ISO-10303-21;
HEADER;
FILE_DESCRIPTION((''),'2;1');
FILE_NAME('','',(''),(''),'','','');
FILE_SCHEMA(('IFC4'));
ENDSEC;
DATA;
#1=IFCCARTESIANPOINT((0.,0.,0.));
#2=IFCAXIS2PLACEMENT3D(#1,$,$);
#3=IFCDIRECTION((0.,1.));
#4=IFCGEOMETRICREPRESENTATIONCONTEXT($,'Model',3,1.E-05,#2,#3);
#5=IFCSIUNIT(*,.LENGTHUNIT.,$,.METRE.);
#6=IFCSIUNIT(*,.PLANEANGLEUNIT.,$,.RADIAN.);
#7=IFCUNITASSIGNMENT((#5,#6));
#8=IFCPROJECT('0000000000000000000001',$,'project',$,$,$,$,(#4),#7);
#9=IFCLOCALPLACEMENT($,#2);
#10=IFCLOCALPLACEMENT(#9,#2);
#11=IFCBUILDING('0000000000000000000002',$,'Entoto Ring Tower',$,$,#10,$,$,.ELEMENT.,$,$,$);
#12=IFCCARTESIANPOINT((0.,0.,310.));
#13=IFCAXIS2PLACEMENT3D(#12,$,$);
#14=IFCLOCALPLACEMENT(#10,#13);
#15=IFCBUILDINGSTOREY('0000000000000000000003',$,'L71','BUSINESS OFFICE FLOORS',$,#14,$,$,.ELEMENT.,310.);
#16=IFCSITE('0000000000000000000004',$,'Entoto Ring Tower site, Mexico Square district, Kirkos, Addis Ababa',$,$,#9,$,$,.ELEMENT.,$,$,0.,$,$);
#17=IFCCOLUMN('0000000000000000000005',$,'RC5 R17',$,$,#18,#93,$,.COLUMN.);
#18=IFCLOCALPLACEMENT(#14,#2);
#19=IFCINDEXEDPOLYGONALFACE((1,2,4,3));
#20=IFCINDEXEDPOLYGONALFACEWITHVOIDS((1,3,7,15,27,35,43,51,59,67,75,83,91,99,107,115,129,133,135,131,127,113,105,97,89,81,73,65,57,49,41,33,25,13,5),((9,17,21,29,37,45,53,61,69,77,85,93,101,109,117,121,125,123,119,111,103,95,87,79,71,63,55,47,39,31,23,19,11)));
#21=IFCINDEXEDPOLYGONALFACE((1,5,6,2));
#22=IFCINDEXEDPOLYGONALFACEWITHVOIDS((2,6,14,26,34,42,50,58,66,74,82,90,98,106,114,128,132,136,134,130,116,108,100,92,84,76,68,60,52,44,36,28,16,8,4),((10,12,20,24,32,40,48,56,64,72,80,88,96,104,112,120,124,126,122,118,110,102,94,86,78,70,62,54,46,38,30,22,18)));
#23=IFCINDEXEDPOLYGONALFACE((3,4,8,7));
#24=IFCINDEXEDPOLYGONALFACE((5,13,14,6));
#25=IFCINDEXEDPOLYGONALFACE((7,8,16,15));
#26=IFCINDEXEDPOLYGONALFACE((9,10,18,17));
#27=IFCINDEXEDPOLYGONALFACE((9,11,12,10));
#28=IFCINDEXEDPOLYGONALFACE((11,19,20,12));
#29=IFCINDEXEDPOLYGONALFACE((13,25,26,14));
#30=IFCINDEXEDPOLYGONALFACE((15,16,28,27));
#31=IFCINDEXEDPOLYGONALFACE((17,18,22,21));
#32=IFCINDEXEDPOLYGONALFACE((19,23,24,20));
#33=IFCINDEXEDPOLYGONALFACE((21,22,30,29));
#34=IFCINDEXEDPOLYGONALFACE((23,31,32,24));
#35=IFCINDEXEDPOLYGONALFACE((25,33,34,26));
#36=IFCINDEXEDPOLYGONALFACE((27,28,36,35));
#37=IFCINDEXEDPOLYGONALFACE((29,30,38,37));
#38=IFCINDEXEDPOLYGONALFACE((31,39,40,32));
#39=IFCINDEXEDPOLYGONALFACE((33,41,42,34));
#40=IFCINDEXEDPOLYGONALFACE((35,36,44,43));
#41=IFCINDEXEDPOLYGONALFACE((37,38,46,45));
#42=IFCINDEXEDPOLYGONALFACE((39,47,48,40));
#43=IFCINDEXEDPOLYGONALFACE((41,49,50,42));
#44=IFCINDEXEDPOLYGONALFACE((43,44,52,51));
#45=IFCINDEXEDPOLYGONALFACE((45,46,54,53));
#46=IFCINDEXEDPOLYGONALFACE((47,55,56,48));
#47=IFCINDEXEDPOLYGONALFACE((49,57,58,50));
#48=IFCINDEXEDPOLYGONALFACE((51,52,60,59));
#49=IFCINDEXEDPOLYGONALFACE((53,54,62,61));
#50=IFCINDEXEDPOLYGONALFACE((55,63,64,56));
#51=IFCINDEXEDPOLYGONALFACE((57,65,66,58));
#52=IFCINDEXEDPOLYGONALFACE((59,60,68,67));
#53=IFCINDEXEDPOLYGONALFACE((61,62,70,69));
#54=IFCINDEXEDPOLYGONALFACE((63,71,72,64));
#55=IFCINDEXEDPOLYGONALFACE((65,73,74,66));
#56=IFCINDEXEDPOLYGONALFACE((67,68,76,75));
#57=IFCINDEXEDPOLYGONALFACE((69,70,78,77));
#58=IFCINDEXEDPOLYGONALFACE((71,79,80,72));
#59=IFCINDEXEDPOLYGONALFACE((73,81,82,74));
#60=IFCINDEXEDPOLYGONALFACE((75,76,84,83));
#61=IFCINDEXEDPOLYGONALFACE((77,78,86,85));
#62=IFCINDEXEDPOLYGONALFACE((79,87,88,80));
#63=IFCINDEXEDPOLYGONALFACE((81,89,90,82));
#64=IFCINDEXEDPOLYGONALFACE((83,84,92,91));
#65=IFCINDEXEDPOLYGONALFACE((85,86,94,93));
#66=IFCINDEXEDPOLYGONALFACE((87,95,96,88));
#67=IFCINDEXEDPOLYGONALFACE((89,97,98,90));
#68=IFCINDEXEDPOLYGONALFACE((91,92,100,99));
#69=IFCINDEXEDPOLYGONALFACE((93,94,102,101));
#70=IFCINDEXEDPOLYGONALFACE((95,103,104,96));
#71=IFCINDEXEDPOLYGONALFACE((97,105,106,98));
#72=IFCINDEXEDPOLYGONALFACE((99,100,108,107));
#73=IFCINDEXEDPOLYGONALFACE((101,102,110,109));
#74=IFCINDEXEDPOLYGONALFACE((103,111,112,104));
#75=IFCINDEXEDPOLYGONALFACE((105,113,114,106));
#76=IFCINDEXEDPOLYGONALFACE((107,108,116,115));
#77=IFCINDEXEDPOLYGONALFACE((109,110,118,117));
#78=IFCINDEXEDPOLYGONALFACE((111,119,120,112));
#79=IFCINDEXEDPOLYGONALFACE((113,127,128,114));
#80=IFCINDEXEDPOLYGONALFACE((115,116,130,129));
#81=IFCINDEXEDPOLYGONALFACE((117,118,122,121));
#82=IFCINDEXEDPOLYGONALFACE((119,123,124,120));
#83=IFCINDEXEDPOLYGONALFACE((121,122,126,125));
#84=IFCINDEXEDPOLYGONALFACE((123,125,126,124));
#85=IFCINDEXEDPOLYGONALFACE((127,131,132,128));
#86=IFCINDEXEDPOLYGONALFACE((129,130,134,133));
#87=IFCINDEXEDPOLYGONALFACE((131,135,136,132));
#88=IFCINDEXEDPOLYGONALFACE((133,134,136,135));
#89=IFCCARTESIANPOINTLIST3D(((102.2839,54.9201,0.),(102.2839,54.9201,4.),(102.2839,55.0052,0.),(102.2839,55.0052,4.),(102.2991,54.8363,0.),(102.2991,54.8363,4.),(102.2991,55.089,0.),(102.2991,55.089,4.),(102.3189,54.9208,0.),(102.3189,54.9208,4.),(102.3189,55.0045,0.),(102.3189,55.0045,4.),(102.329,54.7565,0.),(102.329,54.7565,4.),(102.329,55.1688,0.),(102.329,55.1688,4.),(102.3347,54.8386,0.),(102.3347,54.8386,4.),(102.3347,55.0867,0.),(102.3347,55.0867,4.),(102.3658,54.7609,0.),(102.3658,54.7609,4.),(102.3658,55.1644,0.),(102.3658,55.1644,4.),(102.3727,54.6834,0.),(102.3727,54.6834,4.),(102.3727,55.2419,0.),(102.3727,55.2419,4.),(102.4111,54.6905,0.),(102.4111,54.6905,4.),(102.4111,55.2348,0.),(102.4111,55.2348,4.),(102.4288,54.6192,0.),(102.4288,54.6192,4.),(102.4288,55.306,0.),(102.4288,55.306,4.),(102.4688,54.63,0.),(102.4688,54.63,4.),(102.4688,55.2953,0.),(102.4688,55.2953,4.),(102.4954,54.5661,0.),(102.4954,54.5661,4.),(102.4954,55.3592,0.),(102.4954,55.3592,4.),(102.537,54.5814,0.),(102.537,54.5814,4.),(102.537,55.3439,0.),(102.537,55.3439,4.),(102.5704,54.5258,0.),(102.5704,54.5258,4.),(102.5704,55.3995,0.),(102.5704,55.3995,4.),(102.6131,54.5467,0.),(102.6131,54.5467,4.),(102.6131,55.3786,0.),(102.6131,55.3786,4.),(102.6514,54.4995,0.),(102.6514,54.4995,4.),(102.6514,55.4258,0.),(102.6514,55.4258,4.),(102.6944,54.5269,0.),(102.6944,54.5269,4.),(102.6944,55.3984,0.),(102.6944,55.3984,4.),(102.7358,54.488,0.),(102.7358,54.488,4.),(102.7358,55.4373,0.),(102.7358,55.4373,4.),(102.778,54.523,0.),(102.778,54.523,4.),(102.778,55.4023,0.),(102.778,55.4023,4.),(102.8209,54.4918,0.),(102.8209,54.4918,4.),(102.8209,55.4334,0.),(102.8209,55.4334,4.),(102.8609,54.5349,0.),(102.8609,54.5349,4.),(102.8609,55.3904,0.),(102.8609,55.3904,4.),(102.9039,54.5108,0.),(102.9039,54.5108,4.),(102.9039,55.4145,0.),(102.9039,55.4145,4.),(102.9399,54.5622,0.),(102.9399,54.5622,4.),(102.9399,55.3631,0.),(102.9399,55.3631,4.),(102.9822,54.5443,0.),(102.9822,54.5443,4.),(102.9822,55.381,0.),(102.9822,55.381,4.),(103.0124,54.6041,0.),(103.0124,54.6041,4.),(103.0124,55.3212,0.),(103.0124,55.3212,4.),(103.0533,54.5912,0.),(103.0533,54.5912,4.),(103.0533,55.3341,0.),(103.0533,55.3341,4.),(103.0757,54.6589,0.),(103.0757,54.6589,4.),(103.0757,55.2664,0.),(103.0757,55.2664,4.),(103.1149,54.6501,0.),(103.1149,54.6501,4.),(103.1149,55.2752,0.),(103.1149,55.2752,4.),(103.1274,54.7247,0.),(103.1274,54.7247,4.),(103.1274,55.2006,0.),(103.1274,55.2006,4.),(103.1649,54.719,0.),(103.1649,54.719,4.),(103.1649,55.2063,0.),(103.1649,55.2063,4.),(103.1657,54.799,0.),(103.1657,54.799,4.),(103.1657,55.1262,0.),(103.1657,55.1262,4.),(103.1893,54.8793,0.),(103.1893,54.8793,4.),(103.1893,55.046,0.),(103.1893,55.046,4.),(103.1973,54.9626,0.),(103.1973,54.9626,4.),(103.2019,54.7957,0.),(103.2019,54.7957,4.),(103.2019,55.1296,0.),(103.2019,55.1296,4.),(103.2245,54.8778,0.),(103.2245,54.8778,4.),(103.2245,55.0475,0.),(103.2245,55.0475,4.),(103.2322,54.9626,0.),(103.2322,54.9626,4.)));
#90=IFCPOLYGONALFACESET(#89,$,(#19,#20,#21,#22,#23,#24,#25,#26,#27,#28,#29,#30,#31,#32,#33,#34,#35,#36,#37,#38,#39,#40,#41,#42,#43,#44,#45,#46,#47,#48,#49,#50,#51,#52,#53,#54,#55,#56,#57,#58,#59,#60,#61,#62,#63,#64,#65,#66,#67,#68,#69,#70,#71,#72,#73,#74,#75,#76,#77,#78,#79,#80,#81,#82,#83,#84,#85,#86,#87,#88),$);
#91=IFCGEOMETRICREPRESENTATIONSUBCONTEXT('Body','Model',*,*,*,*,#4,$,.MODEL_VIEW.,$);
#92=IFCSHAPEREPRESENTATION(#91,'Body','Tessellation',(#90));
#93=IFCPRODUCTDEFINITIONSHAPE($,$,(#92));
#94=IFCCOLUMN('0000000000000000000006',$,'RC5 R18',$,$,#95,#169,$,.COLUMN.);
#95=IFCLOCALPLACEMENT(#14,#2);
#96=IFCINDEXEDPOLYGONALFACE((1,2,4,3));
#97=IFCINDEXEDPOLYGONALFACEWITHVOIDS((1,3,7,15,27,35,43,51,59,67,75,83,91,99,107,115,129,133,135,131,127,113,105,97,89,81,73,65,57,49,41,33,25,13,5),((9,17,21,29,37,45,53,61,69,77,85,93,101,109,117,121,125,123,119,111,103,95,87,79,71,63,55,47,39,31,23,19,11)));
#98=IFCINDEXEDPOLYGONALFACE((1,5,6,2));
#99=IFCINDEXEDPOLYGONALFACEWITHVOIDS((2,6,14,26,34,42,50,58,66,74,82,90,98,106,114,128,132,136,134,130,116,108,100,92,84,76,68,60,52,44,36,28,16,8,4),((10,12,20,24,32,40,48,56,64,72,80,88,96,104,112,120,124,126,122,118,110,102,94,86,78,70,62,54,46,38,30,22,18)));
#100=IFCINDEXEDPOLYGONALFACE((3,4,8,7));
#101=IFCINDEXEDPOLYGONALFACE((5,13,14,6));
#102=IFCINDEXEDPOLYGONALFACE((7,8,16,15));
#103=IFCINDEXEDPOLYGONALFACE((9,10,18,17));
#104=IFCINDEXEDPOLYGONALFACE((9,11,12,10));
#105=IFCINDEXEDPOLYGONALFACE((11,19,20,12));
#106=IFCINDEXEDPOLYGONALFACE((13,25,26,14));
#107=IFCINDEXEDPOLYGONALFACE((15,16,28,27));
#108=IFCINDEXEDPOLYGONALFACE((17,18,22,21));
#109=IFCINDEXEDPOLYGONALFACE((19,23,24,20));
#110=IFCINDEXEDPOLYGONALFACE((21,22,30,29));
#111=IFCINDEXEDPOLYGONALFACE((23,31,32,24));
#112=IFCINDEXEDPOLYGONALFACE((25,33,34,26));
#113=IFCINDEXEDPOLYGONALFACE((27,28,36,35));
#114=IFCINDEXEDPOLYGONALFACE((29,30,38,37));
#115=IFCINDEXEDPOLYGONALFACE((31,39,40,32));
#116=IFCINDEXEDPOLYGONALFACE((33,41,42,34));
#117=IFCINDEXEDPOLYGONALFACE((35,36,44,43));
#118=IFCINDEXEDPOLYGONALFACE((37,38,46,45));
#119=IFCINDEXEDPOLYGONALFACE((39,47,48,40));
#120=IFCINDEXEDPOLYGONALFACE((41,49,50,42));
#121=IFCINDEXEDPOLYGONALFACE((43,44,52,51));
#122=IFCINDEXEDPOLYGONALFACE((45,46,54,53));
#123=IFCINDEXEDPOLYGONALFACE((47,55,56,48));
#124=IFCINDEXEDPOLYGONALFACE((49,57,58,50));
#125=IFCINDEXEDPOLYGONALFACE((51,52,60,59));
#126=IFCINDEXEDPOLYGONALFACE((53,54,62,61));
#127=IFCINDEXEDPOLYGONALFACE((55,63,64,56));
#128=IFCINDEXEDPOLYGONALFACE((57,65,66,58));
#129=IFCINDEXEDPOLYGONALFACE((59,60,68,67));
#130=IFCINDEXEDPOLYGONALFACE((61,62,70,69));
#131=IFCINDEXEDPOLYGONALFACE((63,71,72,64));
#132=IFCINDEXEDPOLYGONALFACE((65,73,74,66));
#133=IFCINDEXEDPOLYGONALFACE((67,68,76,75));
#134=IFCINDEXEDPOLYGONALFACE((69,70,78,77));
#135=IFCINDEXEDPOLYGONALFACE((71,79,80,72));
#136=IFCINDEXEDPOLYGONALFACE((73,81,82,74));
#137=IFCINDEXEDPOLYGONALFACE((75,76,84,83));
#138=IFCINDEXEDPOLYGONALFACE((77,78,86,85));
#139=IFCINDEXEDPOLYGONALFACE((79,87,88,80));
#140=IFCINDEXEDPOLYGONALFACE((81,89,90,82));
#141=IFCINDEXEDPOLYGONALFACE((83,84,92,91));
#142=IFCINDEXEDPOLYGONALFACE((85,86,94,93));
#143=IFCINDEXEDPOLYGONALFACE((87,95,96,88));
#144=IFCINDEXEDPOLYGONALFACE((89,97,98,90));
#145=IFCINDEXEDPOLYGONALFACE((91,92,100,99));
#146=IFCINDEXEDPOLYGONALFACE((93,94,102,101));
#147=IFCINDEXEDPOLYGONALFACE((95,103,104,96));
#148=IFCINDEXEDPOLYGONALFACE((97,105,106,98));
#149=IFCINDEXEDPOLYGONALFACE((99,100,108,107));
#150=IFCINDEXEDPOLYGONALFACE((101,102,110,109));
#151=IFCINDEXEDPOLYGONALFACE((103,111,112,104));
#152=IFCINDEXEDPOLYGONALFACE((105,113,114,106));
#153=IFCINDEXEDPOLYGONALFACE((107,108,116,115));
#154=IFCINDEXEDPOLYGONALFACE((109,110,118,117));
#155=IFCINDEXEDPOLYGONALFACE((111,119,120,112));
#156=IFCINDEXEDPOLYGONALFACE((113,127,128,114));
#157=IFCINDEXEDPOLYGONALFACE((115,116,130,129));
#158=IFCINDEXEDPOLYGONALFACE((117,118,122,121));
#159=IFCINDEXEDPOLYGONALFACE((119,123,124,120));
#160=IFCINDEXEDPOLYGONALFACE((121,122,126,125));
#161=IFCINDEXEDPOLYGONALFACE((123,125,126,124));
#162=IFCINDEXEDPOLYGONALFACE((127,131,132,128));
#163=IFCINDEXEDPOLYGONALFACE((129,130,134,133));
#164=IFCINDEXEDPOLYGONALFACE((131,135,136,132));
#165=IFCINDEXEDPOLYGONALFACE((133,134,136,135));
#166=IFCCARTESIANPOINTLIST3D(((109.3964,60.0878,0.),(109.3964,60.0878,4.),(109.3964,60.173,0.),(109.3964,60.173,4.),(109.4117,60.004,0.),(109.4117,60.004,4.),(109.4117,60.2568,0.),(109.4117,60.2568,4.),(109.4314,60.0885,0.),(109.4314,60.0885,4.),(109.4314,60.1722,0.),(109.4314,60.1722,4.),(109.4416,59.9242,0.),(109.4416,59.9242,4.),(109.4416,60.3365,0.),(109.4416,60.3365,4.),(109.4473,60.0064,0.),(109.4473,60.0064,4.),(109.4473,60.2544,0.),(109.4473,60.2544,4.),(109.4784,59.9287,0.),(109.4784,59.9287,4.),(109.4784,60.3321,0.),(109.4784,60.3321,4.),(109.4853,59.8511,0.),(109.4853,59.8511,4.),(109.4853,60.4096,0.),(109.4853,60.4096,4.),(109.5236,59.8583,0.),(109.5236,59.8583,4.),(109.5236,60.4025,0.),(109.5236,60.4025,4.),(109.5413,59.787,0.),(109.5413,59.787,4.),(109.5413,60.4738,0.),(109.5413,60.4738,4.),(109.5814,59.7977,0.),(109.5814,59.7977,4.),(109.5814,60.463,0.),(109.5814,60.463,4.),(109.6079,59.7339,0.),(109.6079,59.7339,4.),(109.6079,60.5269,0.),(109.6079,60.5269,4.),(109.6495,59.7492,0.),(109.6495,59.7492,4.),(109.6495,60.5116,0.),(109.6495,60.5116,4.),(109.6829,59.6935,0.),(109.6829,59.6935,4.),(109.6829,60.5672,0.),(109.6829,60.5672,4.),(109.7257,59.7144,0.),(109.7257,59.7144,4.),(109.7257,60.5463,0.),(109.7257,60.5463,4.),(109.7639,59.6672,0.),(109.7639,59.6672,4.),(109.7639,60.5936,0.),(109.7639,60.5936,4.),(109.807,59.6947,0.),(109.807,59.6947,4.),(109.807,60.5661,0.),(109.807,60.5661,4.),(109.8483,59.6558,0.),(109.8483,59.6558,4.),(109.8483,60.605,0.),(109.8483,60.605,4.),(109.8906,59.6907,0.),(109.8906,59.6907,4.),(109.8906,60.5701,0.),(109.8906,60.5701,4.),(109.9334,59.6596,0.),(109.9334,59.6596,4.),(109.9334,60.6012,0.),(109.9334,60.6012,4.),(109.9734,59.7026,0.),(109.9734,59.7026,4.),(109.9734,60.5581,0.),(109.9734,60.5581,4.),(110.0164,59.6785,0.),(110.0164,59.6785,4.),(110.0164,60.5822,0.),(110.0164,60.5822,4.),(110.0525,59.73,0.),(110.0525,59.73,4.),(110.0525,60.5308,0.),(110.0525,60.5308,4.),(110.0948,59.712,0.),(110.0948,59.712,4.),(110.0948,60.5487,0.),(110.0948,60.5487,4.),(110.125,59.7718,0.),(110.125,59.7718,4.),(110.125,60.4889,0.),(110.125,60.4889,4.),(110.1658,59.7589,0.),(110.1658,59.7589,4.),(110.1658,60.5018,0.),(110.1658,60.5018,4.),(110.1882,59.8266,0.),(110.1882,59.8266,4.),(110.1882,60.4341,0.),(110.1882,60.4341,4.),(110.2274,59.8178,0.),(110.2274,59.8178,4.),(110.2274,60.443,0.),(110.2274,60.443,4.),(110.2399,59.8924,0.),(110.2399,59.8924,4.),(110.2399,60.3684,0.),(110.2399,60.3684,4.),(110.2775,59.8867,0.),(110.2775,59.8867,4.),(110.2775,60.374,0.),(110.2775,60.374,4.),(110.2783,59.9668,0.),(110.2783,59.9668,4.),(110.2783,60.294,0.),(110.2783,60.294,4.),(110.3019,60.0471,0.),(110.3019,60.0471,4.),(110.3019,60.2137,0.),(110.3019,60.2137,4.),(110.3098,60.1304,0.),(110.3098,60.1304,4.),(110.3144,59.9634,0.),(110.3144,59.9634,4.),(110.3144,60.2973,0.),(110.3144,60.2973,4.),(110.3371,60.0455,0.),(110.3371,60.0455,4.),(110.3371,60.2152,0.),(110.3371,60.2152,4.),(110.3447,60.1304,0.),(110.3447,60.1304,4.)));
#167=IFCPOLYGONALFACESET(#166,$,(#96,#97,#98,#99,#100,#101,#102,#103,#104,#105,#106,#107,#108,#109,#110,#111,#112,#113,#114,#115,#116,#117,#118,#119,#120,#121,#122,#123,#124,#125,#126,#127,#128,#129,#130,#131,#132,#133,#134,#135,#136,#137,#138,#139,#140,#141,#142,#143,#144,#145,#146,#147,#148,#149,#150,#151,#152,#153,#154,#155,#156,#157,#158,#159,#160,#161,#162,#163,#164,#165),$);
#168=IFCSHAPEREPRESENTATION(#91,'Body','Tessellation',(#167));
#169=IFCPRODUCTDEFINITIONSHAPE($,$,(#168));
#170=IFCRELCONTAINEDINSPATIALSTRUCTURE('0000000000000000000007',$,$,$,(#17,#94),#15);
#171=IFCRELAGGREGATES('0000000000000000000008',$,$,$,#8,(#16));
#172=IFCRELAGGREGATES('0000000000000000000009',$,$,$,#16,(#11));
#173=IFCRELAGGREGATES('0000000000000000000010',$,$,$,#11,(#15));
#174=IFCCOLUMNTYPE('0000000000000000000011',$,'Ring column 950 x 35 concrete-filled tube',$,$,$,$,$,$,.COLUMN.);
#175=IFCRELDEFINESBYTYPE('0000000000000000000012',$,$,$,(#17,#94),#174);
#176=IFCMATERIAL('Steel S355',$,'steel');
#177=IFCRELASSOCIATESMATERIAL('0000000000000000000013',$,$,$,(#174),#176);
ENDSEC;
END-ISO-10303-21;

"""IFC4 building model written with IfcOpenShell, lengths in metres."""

from ifc_helpers import new_model, si_unit, direction, frame, origin, origin_2d, place, context, subcontext, project, spatial, circle, hollow_circle, extrude, material, material_profile, profile_set, type_object, element, save


model = new_model("IFC4")

# Units and contexts
model_context = context("Model", 3, precision=1e-05, world=origin(), true_north=direction((0.0, 1.0)))
body_context = subcontext(model_context, "Body", "Model", "MODEL_VIEW")
ifc_project = project(units=[si_unit("LENGTHUNIT", "METRE"), si_unit("PLANEANGLEUNIT", "RADIAN")], contexts=[model_context])

# Site, building, storey
site_placement = place(None, origin())
site = spatial("IfcSite", under=ifc_project, at=site_placement, Name="Entoto Ring Tower site, Mexico Square district, Kirkos, Addis Ababa", CompositionType="ELEMENT", RefElevation=0.0)
building_placement = place(site_placement, origin())
building = spatial("IfcBuilding", under=site, at=building_placement, Name="Entoto Ring Tower", CompositionType="ELEMENT")
storey_placement = place(building_placement, frame((0.0, 0.0, 310.0)))
storey = spatial("IfcBuildingStorey", under=building, at=storey_placement, Name="L71", Description="BUSINESS OFFICE FLOORS", CompositionType="ELEMENT", Elevation=310.0)

# Columns
ifc_material_1 = material(Name="Steel S355", Category="steel")
ifc_material_profile_1 = material_profile(ifc_material_1, hollow_circle(Radius=0.4751, WallThickness=0.0349, at=origin_2d()), Name="CHS 950 x 35")
ifc_material_2 = material(Name="Concrete C60/75", Category="concrete")
ifc_material_profile_2 = material_profile(ifc_material_2, circle(Radius=0.4399, at=origin_2d()), Name="Concrete C60/75 infill")
ifc_profile_set_1 = profile_set([ifc_material_profile_1, ifc_material_profile_2], Name="Steel S355")
column_type = type_object("IfcColumnType", Name="Ring column 950 x 35 concrete-filled tube", PredefinedType="COLUMN", material=ifc_profile_set_1)
for number, where, z_axis, x_axis, name in (
    (1, (102.7571, 54.9626, 0.0), (0.0, 0.0, 1.0), (1.0, 0.0, 0.0), "RC5 R17"),
    (2, (109.8696, 60.1304, 0.0), (0.0, 0.0, 1.0), (1.0, 0.0, 0.0), "RC5 R18"),
):
    element("IfcColumn", number, at=place(storey_placement, frame(where, z_axis=z_axis, x_axis=x_axis)), inside=storey, type_object=column_type, Name=name, PredefinedType="COLUMN", context=body_context, shape_type="SweptSolid", body=[
        extrude(hollow_circle(Radius=0.4751, WallThickness=0.0349, at=origin_2d()), origin(), (0.0, 0.0, 1.0), 4.0),
    ])

save(model, "model.ifc")
